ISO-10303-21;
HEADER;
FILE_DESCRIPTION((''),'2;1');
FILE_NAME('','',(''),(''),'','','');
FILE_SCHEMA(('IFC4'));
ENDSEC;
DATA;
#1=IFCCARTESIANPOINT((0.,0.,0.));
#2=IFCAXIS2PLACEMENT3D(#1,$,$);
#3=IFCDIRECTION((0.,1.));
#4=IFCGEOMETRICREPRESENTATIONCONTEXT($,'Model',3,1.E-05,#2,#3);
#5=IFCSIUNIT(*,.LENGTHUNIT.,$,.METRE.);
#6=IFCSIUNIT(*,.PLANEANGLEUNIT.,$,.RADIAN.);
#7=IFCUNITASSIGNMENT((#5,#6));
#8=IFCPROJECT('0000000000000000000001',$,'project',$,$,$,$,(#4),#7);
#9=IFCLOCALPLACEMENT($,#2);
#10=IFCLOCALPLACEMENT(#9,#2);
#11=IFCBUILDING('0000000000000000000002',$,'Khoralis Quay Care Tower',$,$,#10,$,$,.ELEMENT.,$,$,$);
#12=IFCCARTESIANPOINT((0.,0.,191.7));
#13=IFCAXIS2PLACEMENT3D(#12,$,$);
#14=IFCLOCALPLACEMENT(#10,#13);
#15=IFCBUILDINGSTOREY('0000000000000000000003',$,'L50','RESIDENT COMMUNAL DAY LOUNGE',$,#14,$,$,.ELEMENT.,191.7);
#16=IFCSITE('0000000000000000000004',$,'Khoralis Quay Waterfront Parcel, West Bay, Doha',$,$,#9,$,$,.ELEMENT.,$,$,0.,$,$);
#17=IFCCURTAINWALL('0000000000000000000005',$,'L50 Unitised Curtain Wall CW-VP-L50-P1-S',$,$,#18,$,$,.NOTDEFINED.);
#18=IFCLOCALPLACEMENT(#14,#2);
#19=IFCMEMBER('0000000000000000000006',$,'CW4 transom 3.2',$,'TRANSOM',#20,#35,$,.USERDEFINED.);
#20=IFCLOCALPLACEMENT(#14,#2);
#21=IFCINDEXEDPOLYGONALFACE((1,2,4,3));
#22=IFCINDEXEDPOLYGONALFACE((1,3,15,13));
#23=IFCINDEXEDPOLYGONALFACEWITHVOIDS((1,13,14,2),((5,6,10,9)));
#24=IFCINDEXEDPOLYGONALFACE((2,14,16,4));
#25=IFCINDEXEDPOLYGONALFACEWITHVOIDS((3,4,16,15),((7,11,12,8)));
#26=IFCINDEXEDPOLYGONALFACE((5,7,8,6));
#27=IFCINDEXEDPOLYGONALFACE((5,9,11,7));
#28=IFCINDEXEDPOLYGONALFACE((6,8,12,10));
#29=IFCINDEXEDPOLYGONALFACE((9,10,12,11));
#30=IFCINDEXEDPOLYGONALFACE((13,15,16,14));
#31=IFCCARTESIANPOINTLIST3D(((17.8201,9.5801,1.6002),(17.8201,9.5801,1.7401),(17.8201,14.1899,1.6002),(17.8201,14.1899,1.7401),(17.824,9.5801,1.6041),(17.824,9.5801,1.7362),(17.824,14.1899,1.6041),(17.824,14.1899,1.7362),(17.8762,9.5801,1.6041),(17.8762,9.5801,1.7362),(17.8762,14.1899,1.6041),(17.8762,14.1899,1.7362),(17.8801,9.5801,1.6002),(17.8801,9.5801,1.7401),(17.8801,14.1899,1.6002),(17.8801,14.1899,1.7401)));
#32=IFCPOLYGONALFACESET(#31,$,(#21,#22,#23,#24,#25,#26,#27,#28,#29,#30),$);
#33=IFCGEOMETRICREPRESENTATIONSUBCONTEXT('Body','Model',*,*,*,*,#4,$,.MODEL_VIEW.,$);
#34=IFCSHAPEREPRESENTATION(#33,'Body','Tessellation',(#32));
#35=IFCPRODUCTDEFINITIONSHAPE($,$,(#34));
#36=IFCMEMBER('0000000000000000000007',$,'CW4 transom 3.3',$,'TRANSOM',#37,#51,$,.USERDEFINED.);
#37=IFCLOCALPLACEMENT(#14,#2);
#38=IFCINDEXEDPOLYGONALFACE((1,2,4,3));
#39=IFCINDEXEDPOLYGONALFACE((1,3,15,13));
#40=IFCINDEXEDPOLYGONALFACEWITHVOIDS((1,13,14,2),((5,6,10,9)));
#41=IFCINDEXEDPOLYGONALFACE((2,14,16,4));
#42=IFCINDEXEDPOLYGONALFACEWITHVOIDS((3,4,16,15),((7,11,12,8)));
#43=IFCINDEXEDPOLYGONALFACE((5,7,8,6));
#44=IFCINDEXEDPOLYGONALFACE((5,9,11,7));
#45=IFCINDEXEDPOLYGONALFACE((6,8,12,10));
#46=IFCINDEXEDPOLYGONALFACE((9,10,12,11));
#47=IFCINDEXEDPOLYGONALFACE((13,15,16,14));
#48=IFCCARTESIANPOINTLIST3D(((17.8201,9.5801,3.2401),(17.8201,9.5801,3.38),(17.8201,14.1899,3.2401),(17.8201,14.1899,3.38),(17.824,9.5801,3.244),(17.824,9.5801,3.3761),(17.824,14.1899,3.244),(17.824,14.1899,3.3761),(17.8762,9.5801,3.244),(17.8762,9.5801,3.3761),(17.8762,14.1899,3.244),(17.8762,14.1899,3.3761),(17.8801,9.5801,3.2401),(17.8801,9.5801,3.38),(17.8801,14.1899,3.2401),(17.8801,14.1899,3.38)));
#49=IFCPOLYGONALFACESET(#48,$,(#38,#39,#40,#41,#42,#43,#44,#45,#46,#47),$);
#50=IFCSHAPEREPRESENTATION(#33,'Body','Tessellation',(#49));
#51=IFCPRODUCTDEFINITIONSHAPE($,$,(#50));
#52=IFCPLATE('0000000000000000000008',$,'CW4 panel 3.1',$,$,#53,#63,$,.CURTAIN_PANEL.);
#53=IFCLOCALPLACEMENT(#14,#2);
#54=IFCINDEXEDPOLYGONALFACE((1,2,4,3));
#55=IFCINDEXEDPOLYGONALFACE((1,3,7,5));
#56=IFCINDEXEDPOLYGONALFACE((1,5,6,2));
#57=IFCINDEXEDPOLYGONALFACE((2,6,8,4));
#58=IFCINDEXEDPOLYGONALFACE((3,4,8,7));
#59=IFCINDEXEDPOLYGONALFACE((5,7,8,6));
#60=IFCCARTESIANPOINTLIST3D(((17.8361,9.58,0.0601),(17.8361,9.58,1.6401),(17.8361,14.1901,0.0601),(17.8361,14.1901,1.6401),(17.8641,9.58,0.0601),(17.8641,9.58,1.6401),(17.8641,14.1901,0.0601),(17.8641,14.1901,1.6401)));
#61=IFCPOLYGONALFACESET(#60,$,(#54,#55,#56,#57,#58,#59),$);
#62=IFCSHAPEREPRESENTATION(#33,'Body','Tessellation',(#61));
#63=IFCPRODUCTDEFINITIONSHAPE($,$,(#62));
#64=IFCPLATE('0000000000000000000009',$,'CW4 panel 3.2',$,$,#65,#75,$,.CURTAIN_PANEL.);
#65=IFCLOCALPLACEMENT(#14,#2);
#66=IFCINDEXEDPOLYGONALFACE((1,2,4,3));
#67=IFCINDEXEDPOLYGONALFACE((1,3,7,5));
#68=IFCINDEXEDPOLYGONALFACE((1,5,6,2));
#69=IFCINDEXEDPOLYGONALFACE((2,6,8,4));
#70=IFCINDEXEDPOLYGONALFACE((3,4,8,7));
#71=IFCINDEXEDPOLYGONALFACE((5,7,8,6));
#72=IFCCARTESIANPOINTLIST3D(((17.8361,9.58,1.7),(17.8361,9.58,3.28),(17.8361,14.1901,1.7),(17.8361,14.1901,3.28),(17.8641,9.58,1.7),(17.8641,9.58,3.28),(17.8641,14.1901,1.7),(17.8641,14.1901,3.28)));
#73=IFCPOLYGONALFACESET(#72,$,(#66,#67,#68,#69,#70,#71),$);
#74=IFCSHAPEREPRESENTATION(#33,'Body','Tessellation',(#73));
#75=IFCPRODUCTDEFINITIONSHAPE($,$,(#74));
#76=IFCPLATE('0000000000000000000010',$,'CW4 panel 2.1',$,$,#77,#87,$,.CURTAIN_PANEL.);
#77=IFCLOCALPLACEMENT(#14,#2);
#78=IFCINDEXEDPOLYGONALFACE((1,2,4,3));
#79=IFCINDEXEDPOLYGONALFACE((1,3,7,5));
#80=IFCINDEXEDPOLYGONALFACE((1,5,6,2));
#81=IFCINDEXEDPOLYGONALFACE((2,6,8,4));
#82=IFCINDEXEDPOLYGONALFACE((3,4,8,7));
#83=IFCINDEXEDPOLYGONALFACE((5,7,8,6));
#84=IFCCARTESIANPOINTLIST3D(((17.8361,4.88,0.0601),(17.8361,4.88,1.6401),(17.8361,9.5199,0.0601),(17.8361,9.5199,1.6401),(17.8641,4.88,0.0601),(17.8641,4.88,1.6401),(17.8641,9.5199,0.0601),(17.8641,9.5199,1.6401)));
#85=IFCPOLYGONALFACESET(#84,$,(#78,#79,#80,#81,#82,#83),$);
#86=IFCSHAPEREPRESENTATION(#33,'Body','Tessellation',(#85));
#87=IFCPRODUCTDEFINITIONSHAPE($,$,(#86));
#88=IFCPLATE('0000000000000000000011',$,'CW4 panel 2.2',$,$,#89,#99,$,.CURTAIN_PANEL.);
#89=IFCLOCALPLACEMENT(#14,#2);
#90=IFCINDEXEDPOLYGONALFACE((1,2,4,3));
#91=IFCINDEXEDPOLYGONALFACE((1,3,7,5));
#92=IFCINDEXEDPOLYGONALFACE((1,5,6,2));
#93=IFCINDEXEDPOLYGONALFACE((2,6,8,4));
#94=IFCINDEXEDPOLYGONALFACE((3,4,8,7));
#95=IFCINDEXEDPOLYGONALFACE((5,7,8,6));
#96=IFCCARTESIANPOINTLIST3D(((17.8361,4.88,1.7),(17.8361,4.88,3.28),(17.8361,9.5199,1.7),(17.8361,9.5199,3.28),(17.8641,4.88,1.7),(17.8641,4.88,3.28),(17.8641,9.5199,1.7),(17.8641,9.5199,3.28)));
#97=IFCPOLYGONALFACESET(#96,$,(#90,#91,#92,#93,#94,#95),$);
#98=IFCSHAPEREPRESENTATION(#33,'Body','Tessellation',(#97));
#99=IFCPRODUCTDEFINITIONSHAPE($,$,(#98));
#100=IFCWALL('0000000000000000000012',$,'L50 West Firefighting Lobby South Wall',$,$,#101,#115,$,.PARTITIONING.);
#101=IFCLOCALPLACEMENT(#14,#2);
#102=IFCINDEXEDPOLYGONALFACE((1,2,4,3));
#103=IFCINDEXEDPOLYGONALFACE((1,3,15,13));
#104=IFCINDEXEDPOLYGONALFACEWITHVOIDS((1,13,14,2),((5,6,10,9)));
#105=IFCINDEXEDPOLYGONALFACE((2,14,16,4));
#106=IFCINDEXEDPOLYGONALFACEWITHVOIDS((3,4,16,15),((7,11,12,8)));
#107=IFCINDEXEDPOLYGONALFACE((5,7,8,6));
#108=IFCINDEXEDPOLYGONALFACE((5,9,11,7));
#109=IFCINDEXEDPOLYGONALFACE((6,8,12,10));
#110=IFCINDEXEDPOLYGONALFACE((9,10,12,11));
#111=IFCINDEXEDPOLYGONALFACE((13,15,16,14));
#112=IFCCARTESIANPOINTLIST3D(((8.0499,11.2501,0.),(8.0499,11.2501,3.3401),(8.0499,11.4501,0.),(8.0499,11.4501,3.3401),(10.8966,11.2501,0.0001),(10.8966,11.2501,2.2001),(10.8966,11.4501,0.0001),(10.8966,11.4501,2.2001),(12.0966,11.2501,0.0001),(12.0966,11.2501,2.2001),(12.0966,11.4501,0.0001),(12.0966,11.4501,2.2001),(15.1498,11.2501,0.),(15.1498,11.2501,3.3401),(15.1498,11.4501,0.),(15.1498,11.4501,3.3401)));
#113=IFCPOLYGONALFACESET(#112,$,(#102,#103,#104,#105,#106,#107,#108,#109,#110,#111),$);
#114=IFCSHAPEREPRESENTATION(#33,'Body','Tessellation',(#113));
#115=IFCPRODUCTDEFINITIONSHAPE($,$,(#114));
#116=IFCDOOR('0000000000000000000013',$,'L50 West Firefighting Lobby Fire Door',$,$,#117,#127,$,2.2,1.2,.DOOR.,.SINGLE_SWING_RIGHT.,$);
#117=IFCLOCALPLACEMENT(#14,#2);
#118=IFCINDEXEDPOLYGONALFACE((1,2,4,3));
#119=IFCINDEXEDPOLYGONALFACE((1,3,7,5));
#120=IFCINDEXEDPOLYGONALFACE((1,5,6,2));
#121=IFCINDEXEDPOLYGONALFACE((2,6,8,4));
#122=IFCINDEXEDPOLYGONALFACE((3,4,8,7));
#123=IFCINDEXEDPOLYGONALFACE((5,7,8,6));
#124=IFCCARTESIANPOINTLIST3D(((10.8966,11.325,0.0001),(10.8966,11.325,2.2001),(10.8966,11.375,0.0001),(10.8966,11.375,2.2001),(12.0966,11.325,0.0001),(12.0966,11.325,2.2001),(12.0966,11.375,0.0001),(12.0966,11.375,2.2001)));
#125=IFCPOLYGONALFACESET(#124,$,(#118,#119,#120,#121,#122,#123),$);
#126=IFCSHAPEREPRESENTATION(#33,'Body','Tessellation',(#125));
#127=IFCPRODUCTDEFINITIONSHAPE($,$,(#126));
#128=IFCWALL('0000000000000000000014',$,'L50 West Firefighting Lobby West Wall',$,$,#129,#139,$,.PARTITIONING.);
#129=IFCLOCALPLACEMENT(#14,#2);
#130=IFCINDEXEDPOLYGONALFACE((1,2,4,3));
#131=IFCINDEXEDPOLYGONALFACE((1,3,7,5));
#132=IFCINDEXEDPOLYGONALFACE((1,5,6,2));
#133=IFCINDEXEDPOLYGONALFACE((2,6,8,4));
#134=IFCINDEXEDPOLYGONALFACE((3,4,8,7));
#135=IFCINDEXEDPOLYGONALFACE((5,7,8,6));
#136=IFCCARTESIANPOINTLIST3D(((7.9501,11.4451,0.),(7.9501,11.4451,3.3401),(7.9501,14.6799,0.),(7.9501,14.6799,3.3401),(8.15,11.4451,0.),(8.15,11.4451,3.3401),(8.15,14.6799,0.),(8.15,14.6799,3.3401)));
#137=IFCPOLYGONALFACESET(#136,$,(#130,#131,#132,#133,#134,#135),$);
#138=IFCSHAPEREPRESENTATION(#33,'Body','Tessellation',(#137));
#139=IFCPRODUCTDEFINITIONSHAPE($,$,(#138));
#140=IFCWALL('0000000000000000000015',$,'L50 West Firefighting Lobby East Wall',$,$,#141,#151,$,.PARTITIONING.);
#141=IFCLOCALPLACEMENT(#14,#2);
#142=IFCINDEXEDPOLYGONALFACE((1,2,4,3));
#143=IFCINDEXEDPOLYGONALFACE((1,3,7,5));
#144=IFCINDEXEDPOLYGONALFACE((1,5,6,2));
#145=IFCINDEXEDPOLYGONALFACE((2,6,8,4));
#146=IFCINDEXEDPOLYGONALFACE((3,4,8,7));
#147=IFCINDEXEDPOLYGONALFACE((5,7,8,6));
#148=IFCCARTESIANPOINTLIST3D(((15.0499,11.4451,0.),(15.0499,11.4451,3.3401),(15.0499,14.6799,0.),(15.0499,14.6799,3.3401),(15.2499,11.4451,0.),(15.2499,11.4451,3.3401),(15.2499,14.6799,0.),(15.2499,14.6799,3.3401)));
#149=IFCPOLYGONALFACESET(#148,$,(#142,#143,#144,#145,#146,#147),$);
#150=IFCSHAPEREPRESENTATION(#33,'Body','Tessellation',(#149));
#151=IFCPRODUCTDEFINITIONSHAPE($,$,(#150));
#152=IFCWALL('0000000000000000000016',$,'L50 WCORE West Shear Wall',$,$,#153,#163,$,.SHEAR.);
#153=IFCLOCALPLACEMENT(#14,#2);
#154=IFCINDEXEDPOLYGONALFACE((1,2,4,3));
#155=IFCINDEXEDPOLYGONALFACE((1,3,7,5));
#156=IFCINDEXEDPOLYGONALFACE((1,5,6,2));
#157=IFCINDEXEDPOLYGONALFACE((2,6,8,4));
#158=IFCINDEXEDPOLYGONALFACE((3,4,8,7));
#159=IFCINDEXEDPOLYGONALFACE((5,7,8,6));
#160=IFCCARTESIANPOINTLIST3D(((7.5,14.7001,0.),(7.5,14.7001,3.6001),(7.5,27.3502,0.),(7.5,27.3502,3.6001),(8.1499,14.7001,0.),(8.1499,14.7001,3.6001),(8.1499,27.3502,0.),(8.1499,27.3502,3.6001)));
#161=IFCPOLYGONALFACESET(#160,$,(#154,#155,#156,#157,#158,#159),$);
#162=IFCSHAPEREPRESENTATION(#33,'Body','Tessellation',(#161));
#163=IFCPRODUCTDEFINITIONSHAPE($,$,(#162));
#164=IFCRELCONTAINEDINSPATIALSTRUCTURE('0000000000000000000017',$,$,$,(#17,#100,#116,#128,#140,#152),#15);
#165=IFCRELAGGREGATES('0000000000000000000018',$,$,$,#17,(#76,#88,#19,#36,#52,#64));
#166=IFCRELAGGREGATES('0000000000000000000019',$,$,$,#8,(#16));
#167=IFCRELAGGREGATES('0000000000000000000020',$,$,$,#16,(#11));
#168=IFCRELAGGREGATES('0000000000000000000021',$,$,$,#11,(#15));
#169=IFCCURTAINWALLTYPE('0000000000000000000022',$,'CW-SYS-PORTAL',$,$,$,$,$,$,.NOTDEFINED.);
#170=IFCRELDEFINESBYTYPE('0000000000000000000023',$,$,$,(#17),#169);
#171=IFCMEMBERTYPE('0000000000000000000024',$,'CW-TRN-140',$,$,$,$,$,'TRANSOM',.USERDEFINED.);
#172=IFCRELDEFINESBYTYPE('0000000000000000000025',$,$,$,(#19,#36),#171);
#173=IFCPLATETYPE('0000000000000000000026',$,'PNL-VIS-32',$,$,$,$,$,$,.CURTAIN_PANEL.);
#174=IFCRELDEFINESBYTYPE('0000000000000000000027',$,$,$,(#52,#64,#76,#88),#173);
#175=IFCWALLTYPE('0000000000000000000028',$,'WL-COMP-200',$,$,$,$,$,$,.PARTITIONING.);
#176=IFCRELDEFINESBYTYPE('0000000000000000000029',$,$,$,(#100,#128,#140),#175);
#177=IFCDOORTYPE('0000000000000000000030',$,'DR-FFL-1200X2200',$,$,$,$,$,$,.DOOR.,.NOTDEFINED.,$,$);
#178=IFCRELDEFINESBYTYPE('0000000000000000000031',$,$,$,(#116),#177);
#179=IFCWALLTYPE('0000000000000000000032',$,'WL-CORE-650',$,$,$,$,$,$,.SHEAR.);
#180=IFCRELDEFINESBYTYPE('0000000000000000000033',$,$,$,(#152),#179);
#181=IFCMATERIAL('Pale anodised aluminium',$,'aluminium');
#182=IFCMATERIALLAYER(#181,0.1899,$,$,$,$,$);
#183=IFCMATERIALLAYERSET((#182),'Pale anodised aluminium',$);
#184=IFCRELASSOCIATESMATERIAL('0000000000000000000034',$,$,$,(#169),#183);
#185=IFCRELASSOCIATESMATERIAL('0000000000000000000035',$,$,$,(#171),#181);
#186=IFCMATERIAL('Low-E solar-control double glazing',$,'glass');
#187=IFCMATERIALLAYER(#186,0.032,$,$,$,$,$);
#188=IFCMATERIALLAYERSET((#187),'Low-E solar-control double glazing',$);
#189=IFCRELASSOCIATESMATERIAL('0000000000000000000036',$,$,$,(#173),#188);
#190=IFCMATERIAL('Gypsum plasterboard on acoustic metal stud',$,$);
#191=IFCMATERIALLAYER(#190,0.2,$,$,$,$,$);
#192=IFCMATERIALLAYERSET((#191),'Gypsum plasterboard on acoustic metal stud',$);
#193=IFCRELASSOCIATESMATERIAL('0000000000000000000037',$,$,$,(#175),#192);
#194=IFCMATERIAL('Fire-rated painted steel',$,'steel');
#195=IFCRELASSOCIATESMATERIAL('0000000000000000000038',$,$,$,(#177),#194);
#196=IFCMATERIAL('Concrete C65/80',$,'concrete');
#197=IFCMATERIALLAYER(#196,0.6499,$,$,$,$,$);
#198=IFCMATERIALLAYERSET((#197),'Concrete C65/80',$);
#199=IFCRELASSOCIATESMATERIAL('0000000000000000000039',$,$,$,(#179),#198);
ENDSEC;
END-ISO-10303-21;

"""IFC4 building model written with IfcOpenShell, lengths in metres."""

from ifc_helpers import new_model, si_unit, direction, frame, frame_2d, origin, origin_2d, place, context, subcontext, project, spatial, rectangle, hollow_rectangle, extrude, source, transform, mapped, material, layer, layer_set, material_profile, profile_set, type_object, element, fill, aggregate, save


model = new_model("IFC4")

# Units and contexts
model_context = context("Model", 3, precision=1e-05, world=origin(), true_north=direction((0.0, 1.0)))
body_context = subcontext(model_context, "Body", "Model", "MODEL_VIEW")
ifc_project = project(units=[si_unit("LENGTHUNIT", "METRE"), si_unit("PLANEANGLEUNIT", "RADIAN")], contexts=[model_context])

# Site, building, storey
site_placement = place(None, origin())
site = spatial("IfcSite", under=ifc_project, at=site_placement, Name="Khoralis Quay Waterfront Parcel, West Bay, Doha", CompositionType="ELEMENT", RefElevation=0.0)
building_placement = place(site_placement, origin())
building = spatial("IfcBuilding", under=site, at=building_placement, Name="Khoralis Quay Care Tower", CompositionType="ELEMENT")
storey_placement = place(building_placement, frame((0.0, 0.0, 191.7)))
storey = spatial("IfcBuildingStorey", under=building, at=storey_placement, Name="L50", Description="RESIDENT COMMUNAL DAY LOUNGE", CompositionType="ELEMENT", Elevation=191.7)

# Curtain wall, members, plates
ifc_material_1 = material(Name="Pale anodised aluminium", Category="aluminium")
ifc_layer_1 = layer(ifc_material_1, 0.1899)
ifc_layer_set_1 = layer_set([ifc_layer_1], Name="Pale anodised aluminium")
curtain_wall_type = type_object("IfcCurtainWallType", Name="CW-SYS-PORTAL", PredefinedType="NOTDEFINED", material=ifc_layer_set_1)
curtain_wall_placement = place(storey_placement, origin())
curtain_wall = element("IfcCurtainWall", 1, at=curtain_wall_placement, inside=storey, type_object=curtain_wall_type, Name="L50 Unitised Curtain Wall CW-VP-L50-P1-S", PredefinedType="NOTDEFINED")
ifc_material_profile_1 = material_profile(ifc_material_1, hollow_rectangle(XDim=0.0601, YDim=0.1399, WallThickness=0.0039, at=origin_2d()), Name="Pale anodised aluminium")
ifc_profile_set_1 = profile_set([ifc_material_profile_1], Name="Pale anodised aluminium")
member_type_1 = type_object("IfcMemberType", Name="CW-TRN-140", ElementType="TRANSOM", PredefinedType="USERDEFINED", material=ifc_profile_set_1)
shared_shape_1 = source(origin(), body_context, "Body", "SweptSolid", [
    extrude(hollow_rectangle(XDim=0.0601, YDim=0.1399, WallThickness=0.0039, at=origin_2d()), origin(), (0.0, 0.0, 1.0), 4.6099),
])
member_1_placement = place(storey_placement, frame((17.8501, 9.5801, 1.6702), z_axis=(0.0, 1.0, 0.0), x_axis=(-1.0, 0.0, 0.0)))
member_1 = element("IfcMember", 2, at=member_1_placement, type_object=member_type_1, Name="CW4 transom 3.2", ObjectType="TRANSOM", PredefinedType="USERDEFINED", context=body_context, shape_type="MappedRepresentation", body=[
    mapped(shared_shape_1, transform((0.0, 0.0, 0.0), scale=1.0)),
])
member_2_placement = place(storey_placement, frame((17.8501, 9.5801, 3.3101), z_axis=(0.0, 1.0, 0.0), x_axis=(-1.0, 0.0, 0.0)))
member_2 = element("IfcMember", 3, at=member_2_placement, type_object=member_type_1, Name="CW4 transom 3.3", ObjectType="TRANSOM", PredefinedType="USERDEFINED", context=body_context, shape_type="MappedRepresentation", body=[
    mapped(shared_shape_1, transform((0.0, 0.0, 0.0), scale=1.0)),
])
ifc_material_2 = material(Name="Low-E solar-control double glazing", Category="glass")
ifc_layer_2 = layer(ifc_material_2, 0.032)
ifc_layer_set_2 = layer_set([ifc_layer_2], Name="Low-E solar-control double glazing")
plate_type = type_object("IfcPlateType", Name="PNL-VIS-32", PredefinedType="CURTAIN_PANEL", material=ifc_layer_set_2)
shared_shape_2 = source(origin(), body_context, "Body", "SweptSolid", [
    extrude(rectangle(XDim=4.6101, YDim=0.0281, at=origin_2d()), origin(), (0.0, 0.0, 1.0), 1.5801),
])
plate_1_placement = place(storey_placement, frame((17.8501, 11.885, 0.0601), z_axis=(0.0, 0.0, 1.0), x_axis=(0.0, 1.0, 0.0)))
plate_1 = element("IfcPlate", 4, at=plate_1_placement, type_object=plate_type, Name="CW4 panel 3.1", PredefinedType="CURTAIN_PANEL", context=body_context, shape_type="MappedRepresentation", body=[
    mapped(shared_shape_2, transform((0.0, 0.0, 0.0), scale=1.0)),
])
plate_2_placement = place(storey_placement, frame((17.8501, 11.885, 1.7), z_axis=(0.0, 0.0, 1.0), x_axis=(0.0, 1.0, 0.0)))
plate_2 = element("IfcPlate", 5, at=plate_2_placement, type_object=plate_type, Name="CW4 panel 3.2", PredefinedType="CURTAIN_PANEL", context=body_context, shape_type="MappedRepresentation", body=[
    mapped(shared_shape_2, transform((0.0, 0.0, 0.0), scale=1.0)),
])
shared_shape_3 = source(origin(), body_context, "Body", "SweptSolid", [
    extrude(rectangle(XDim=4.6399, YDim=0.0281, at=origin_2d()), origin(), (0.0, 0.0, 1.0), 1.5801),
])
plate_3_placement = place(storey_placement, frame((17.8501, 7.2, 0.0601), z_axis=(0.0, 0.0, 1.0), x_axis=(0.0, 1.0, 0.0)))
plate_3 = element("IfcPlate", 6, at=plate_3_placement, type_object=plate_type, Name="CW4 panel 2.1", PredefinedType="CURTAIN_PANEL", context=body_context, shape_type="MappedRepresentation", body=[
    mapped(shared_shape_3, transform((0.0, 0.0, 0.0), scale=1.0)),
])
plate_4_placement = place(storey_placement, frame((17.8501, 7.2, 1.7), z_axis=(0.0, 0.0, 1.0), x_axis=(0.0, 1.0, 0.0)))
plate_4 = element("IfcPlate", 7, at=plate_4_placement, type_object=plate_type, Name="CW4 panel 2.2", PredefinedType="CURTAIN_PANEL", context=body_context, shape_type="MappedRepresentation", body=[
    mapped(shared_shape_3, transform((0.0, 0.0, 0.0), scale=1.0)),
])
aggregate(curtain_wall, [plate_3, plate_4, member_1, member_2, plate_1, plate_2])

# Wall, opening, door
ifc_material_3 = material(Name="Gypsum plasterboard on acoustic metal stud")
ifc_layer_3 = layer(ifc_material_3, 0.2)
ifc_layer_set_3 = layer_set([ifc_layer_3], Name="Gypsum plasterboard on acoustic metal stud")
wall_type_1 = type_object("IfcWallType", Name="WL-COMP-200", PredefinedType="PARTITIONING", material=ifc_layer_set_3)
wall_1_placement = place(storey_placement, frame((8.05, 11.3501, 0.0), z_axis=(0.0, 0.0, 1.0), x_axis=(1.0, 0.0, 0.0)))
wall_1 = element("IfcWall", 8, at=wall_1_placement, inside=storey, type_object=wall_type_1, Name="L50 West Firefighting Lobby South Wall", PredefinedType="PARTITIONING", context=body_context, shape_type="SweptSolid", body=[
    extrude(rectangle(XDim=7.0999, YDim=0.2, at=frame_2d((3.5498, 0.0))), origin(), (0.0, 0.0, 1.0), 3.3401),
])
opening_1_placement = place(wall_1_placement, frame((2.8464, 0.0, 0.0)))
opening_1 = element("IfcOpeningElement", 9, at=opening_1_placement, cuts=wall_1, PredefinedType="OPENING", context=body_context, shape_type="SweptSolid", body=[
    extrude(rectangle(XDim=1.2, YDim=2.2, at=frame_2d((0.6001, 1.1001))), frame((0.0, 0.1099, 0.0), z_axis=(0.0, -1.0, 0.0), x_axis=(1.0, 0.0, 0.0)), (0.0, 0.0, 1.0), 0.22),
])
ifc_material_4 = material(Name="Fire-rated painted steel", Category="steel")
door_type_1 = type_object("IfcDoorType", Name="DR-FFL-1200X2200", OperationType="NOTDEFINED", PredefinedType="DOOR", material=ifc_material_4)
shared_shape_4 = source(origin(), body_context, "Body", "SweptSolid", [
    extrude(rectangle(XDim=1.2, YDim=2.2, at=frame_2d((0.6001, 1.1001))), frame((0.0, 0.0249, 0.0), z_axis=(0.0, -1.0, 0.0), x_axis=(1.0, 0.0, 0.0)), (0.0, 0.0, 1.0), 0.05),
])
door_1_placement = place(opening_1_placement, origin())
door_1 = element("IfcDoor", 10, at=door_1_placement, inside=storey, type_object=door_type_1, Name="L50 West Firefighting Lobby Fire Door", OperationType="SINGLE_SWING_RIGHT", OverallHeight=2.2, OverallWidth=1.2, PredefinedType="DOOR", context=body_context, shape_type="MappedRepresentation", body=[
    mapped(shared_shape_4, transform((0.0, 0.0, 0.0), scale=1.0)),
])
fill(opening_1, door_1)

# Walls
for number, where, z_axis, x_axis, name in (
    (11, (8.05, 11.4451, 0.0), (0.0, 0.0, 1.0), (0.0, 1.0, 0.0), "L50 West Firefighting Lobby West Wall"),
    (12, (15.1499, 11.4451, 0.0), (0.0, 0.0, 1.0), (0.0, 1.0, 0.0), "L50 West Firefighting Lobby East Wall"),
):
    element("IfcWall", number, at=place(storey_placement, frame(where, z_axis=z_axis, x_axis=x_axis)), inside=storey, type_object=wall_type_1, Name=name, PredefinedType="PARTITIONING", context=body_context, shape_type="SweptSolid", body=[
        extrude(rectangle(XDim=3.2349, YDim=0.2, at=frame_2d((1.6174, 0.0))), origin(), (0.0, 0.0, 1.0), 3.3401),
    ])
ifc_material_5 = material(Name="Concrete C65/80", Category="concrete")
ifc_layer_4 = layer(ifc_material_5, 0.6499)
ifc_layer_set_4 = layer_set([ifc_layer_4], Name="Concrete C65/80")
wall_type_2 = type_object("IfcWallType", Name="WL-CORE-650", PredefinedType="SHEAR", material=ifc_layer_set_4)
wall_2_placement = place(storey_placement, frame((7.825, 14.7, 0.0), z_axis=(0.0, 0.0, 1.0), x_axis=(0.0, 1.0, 0.0)))
element("IfcWall", 13, at=wall_2_placement, inside=storey, type_object=wall_type_2, Name="L50 WCORE West Shear Wall", PredefinedType="SHEAR", context=body_context, shape_type="SweptSolid", body=[
    extrude(rectangle(XDim=12.6501, YDim=0.6499, at=frame_2d((6.3252, 0.0))), origin(), (0.0, 0.0, 1.0), 3.6001),
])

save(model, "model.ifc")
